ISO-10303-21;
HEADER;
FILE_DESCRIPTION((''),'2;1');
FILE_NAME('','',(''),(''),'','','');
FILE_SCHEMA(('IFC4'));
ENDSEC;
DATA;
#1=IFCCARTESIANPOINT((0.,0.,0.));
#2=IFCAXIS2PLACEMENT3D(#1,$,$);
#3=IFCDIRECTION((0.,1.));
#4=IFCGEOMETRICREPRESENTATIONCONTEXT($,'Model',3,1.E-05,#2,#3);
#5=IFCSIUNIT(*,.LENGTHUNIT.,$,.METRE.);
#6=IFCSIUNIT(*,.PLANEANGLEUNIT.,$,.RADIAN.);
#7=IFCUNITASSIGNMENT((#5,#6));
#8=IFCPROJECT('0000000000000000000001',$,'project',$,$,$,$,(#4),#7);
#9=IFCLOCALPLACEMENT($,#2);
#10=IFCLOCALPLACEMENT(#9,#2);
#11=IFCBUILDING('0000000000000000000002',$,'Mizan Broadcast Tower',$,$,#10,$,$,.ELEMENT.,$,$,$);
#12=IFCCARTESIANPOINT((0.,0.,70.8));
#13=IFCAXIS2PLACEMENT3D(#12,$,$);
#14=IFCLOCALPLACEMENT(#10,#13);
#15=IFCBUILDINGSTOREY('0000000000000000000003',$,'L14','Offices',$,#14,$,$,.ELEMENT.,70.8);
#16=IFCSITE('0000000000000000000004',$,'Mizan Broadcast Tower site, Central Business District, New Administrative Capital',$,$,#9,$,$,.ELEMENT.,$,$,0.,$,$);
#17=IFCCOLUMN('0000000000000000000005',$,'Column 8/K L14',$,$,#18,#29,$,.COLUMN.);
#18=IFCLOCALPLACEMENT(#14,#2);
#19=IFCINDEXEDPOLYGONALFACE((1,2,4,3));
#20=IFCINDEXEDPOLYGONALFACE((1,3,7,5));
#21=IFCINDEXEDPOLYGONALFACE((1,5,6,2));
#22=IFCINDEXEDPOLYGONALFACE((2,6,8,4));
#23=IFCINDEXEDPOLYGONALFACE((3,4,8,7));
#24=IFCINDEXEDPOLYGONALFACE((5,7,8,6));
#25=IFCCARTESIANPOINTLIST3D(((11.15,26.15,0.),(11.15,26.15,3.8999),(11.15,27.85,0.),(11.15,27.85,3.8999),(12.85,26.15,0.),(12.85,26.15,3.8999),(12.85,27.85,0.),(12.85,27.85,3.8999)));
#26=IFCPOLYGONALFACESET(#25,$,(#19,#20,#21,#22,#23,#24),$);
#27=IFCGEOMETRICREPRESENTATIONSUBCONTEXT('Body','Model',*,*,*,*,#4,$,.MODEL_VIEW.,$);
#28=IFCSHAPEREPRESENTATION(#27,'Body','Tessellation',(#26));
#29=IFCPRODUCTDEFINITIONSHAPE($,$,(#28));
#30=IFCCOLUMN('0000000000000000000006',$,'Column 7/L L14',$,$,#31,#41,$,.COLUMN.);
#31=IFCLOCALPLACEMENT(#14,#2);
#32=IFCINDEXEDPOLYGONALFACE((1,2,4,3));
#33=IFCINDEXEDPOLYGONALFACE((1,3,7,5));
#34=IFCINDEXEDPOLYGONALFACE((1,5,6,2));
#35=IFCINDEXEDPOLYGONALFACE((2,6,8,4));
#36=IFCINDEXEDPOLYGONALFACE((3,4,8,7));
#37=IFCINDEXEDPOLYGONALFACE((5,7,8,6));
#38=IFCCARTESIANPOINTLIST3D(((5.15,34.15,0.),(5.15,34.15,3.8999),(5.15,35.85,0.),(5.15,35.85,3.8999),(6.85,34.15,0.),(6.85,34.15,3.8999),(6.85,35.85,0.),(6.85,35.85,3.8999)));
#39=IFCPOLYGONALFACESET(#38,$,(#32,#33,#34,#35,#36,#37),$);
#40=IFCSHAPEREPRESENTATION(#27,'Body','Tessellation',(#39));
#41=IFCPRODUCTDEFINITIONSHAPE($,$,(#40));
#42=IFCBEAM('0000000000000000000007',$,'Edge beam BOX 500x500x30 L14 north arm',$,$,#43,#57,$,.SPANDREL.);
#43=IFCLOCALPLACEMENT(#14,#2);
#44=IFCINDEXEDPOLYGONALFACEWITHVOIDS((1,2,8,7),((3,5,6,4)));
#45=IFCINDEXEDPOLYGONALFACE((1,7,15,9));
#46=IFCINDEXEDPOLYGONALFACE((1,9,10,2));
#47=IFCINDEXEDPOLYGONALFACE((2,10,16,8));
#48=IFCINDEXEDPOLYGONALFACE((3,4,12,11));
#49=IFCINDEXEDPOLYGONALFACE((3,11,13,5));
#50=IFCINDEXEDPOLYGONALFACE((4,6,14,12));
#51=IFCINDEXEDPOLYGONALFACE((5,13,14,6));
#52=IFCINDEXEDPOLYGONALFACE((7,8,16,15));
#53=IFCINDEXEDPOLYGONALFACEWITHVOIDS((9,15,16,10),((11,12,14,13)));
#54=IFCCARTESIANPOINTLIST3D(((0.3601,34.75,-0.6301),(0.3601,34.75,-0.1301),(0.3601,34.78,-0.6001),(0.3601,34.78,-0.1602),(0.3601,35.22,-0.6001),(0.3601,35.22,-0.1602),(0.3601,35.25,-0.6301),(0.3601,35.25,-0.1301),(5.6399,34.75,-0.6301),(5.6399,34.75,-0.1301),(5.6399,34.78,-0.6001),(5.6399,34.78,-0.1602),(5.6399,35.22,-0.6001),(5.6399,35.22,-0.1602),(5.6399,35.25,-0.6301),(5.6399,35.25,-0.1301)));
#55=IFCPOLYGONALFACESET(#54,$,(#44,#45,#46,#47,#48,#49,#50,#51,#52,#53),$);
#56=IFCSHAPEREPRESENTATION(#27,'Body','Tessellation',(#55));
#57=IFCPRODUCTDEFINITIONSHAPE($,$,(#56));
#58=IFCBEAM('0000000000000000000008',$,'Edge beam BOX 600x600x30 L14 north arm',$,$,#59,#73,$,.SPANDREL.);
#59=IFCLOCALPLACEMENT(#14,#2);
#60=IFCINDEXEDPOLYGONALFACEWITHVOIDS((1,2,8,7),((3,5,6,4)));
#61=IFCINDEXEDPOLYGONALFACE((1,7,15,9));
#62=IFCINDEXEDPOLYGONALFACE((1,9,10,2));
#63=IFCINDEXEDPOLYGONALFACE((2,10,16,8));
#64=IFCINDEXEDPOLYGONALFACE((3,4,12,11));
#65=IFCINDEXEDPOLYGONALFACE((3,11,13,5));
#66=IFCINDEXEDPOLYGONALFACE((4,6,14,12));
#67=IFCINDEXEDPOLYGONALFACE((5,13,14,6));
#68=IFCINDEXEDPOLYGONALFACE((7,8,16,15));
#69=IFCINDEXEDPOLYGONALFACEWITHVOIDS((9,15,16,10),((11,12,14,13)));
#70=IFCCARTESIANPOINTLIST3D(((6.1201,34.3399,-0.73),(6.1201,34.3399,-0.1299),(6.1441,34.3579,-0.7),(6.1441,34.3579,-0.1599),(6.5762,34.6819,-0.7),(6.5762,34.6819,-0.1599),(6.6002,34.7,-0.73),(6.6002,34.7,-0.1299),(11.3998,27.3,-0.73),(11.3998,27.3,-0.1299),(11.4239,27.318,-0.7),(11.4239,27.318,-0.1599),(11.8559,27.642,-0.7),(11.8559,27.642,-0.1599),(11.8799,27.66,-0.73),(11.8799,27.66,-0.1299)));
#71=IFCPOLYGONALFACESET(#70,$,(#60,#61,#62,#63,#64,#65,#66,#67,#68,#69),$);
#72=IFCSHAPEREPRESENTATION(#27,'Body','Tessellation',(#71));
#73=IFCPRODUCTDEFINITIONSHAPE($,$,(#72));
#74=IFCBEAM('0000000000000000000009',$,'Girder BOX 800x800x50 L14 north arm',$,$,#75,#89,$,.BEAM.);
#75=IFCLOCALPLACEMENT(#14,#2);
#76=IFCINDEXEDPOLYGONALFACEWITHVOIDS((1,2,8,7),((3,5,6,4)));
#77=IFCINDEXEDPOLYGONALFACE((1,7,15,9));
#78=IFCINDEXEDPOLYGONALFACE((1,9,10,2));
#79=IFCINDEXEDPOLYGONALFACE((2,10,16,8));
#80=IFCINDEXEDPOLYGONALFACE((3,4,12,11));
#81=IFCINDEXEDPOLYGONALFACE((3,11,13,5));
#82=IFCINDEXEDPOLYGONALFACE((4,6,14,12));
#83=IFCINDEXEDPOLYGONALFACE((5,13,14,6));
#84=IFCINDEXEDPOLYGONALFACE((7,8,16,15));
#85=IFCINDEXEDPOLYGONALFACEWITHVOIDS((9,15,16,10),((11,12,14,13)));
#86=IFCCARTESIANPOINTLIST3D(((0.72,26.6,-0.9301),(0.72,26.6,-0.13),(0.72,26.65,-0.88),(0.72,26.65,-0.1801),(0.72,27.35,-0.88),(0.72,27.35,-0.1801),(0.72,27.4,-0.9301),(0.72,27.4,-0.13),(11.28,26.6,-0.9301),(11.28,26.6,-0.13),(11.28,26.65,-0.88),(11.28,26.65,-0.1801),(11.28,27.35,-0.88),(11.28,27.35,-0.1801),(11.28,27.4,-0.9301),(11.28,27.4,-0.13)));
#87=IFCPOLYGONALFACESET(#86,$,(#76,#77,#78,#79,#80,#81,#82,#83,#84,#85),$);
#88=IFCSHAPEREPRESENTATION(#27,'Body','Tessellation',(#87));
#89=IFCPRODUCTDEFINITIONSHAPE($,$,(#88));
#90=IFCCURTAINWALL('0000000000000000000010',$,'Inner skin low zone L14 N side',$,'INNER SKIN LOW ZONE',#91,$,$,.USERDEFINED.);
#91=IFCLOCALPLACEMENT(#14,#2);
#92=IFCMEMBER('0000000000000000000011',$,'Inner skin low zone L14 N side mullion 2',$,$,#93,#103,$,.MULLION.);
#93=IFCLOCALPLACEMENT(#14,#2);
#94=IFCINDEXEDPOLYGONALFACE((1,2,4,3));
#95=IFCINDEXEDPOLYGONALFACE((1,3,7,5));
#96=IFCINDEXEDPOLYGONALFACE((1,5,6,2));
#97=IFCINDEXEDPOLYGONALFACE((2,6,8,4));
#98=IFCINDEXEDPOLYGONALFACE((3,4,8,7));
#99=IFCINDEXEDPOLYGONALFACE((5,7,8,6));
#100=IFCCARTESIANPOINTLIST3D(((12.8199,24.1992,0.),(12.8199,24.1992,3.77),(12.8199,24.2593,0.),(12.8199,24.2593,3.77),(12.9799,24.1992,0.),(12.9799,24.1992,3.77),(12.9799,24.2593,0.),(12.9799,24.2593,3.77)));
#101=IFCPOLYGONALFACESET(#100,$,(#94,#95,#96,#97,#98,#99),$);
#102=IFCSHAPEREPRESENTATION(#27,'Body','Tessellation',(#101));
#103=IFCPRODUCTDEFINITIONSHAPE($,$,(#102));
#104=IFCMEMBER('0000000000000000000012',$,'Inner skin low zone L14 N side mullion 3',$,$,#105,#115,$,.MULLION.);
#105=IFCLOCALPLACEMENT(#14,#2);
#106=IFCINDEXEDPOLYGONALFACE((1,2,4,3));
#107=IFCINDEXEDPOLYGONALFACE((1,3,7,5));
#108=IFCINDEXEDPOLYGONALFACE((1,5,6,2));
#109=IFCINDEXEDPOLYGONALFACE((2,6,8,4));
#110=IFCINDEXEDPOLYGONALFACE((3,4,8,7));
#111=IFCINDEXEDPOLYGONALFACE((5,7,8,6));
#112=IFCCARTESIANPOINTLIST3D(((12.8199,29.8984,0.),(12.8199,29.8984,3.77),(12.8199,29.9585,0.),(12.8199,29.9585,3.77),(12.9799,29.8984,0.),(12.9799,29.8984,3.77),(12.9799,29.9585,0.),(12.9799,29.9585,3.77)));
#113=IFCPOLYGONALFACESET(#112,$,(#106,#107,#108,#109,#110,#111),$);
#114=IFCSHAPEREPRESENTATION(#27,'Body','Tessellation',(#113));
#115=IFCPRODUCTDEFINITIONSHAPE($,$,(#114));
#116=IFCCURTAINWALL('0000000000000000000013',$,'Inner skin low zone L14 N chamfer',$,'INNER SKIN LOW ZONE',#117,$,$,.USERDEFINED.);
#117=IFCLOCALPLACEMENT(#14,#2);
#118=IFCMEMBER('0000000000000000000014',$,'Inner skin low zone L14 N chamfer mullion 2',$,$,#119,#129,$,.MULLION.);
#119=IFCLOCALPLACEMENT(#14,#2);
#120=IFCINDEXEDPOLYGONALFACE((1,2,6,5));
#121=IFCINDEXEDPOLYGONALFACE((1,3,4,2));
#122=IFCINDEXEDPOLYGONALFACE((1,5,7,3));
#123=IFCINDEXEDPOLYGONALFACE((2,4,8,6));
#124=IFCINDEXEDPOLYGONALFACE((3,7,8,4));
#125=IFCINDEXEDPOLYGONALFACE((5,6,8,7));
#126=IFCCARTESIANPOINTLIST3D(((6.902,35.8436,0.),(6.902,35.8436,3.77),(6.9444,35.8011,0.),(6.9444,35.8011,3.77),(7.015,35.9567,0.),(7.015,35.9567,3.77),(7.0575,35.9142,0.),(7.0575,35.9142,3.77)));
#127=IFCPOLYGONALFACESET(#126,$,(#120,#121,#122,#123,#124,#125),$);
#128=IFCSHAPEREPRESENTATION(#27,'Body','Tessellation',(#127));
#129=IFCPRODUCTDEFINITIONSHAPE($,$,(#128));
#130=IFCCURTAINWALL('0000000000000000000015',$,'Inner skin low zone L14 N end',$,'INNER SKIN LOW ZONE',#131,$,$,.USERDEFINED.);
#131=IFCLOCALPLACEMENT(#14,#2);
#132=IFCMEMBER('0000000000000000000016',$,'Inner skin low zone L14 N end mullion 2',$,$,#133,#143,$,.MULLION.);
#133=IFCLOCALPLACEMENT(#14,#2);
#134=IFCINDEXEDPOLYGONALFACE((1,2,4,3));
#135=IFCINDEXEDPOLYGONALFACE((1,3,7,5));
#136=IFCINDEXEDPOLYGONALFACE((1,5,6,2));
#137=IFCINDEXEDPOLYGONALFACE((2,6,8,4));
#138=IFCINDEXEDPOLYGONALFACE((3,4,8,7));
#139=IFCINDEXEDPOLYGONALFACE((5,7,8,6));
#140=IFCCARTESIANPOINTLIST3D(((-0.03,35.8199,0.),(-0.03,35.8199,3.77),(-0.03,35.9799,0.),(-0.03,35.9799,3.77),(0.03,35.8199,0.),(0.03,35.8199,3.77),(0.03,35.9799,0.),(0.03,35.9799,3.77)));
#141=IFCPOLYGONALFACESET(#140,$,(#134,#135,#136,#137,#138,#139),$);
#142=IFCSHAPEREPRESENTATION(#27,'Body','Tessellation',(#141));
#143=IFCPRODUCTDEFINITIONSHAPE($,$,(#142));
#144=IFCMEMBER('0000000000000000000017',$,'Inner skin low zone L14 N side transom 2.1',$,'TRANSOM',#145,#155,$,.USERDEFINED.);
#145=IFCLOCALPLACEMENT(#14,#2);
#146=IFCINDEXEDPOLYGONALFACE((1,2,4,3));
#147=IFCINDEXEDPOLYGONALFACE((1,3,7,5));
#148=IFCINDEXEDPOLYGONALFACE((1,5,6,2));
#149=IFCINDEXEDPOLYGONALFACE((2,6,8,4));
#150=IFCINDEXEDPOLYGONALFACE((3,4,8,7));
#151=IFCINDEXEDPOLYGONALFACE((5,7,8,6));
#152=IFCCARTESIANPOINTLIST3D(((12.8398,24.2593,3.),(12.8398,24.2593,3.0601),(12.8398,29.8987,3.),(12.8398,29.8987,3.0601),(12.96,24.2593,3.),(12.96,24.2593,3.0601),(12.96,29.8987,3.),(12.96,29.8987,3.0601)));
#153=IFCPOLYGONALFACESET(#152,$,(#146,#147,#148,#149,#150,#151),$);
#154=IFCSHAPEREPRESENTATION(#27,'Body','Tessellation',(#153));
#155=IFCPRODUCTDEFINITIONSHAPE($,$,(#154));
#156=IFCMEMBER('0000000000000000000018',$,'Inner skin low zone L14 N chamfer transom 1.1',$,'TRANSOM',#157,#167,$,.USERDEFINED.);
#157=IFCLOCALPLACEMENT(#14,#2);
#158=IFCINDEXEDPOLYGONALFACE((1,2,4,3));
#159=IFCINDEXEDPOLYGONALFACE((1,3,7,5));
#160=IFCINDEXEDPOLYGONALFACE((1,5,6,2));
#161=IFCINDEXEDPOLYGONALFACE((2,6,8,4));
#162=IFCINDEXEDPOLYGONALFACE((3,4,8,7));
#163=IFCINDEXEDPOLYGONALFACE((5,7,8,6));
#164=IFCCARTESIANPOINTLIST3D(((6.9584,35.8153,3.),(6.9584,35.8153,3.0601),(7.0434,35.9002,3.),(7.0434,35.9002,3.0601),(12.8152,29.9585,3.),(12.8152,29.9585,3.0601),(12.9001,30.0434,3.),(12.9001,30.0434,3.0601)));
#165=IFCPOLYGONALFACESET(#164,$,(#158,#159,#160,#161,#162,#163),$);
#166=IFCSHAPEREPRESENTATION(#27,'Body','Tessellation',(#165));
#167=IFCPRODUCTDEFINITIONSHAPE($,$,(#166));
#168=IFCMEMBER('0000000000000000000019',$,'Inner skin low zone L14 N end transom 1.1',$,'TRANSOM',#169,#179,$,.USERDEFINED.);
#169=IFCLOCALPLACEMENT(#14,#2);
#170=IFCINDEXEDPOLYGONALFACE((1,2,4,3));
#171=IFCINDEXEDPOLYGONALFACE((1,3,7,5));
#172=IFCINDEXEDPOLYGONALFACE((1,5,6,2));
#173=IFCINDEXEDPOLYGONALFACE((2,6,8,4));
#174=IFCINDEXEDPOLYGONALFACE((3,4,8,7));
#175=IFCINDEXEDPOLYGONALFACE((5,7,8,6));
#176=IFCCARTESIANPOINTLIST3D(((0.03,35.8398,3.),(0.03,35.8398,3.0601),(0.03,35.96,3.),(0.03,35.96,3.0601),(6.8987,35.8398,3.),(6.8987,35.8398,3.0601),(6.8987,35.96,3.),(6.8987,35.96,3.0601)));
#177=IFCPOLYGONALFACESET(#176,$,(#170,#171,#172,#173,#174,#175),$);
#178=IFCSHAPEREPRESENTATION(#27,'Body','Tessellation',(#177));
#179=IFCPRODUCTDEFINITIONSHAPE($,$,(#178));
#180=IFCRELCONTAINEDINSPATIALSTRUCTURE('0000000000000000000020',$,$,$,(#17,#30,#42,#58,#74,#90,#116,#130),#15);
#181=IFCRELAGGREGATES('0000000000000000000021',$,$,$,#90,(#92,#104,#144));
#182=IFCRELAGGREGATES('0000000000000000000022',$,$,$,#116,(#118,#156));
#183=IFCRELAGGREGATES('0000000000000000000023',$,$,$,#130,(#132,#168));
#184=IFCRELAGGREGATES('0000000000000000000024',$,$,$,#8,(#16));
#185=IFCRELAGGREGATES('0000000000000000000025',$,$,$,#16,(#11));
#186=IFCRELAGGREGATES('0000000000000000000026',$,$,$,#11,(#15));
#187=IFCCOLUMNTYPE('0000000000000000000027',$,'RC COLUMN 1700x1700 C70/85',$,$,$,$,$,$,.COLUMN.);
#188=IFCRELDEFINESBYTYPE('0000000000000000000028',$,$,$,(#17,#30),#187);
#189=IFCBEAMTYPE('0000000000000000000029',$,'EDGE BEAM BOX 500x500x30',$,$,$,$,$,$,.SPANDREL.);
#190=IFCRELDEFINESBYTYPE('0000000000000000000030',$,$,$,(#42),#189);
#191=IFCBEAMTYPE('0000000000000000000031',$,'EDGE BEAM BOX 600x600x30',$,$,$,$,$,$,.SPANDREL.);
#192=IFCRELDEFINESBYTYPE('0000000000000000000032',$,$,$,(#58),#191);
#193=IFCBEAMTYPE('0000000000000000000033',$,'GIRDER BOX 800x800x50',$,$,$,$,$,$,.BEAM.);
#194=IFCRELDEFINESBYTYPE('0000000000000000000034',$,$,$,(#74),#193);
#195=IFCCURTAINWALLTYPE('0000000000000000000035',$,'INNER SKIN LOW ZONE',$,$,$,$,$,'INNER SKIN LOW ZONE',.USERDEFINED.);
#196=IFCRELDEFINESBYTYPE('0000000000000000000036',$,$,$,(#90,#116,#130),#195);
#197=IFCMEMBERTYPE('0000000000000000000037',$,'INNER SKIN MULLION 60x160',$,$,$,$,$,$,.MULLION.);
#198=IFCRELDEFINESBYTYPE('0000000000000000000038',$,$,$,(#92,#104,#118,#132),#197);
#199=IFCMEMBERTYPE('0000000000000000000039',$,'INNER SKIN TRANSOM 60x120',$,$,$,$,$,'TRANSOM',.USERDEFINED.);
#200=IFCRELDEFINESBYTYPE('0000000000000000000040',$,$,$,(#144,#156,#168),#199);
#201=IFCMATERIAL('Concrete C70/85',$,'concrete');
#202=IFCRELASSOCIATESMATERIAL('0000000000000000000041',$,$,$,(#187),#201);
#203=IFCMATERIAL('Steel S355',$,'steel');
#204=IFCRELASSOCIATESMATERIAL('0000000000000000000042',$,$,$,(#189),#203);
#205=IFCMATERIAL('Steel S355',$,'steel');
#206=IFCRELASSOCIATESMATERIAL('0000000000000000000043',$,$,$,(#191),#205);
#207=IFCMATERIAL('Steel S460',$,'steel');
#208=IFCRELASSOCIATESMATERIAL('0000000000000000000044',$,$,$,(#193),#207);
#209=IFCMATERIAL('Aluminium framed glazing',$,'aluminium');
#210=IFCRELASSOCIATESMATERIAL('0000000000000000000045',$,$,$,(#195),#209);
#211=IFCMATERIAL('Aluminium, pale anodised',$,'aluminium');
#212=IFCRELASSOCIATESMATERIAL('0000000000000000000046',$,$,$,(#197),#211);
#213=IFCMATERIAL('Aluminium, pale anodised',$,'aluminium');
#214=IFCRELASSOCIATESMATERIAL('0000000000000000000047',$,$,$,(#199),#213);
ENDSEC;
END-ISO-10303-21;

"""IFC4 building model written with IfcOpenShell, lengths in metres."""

from ifc_helpers import new_model, si_unit, direction, frame, origin, origin_2d, place, context, subcontext, project, spatial, rectangle, hollow_rectangle, extrude, material, material_profile, profile_set, type_object, element, aggregate, save


model = new_model("IFC4")

# Units and contexts
model_context = context("Model", 3, precision=1e-05, world=origin(), true_north=direction((0.0, 1.0)))
body_context = subcontext(model_context, "Body", "Model", "MODEL_VIEW")
ifc_project = project(units=[si_unit("LENGTHUNIT", "METRE"), si_unit("PLANEANGLEUNIT", "RADIAN")], contexts=[model_context])

# Site, building, storey
site_placement = place(None, origin())
site = spatial("IfcSite", under=ifc_project, at=site_placement, Name="Mizan Broadcast Tower site, Central Business District, New Administrative Capital", CompositionType="ELEMENT", RefElevation=0.0)
building_placement = place(site_placement, origin())
building = spatial("IfcBuilding", under=site, at=building_placement, Name="Mizan Broadcast Tower", CompositionType="ELEMENT")
storey_placement = place(building_placement, frame((0.0, 0.0, 70.8)))
storey = spatial("IfcBuildingStorey", under=building, at=storey_placement, Name="L14", Description="Offices", CompositionType="ELEMENT", Elevation=70.8)

# Columns
ifc_material_1 = material(Name="Concrete C70/85", Category="concrete")
ifc_material_profile_1 = material_profile(ifc_material_1, rectangle(XDim=1.7, YDim=1.7, at=origin_2d()), Name="RC 1700x1700")
ifc_profile_set_1 = profile_set([ifc_material_profile_1], Name="Concrete C70/85")
column_type = type_object("IfcColumnType", Name="RC COLUMN 1700x1700 C70/85", PredefinedType="COLUMN", material=ifc_profile_set_1)
for number, where, z_axis, x_axis, name in (
    (1, (12.0, 27.0, 0.0), (0.0, 0.0, 1.0), (1.0, 0.0, 0.0), "Column 8/K L14"),
    (2, (6.0, 35.0, 0.0), (0.0, 0.0, 1.0), (1.0, 0.0, 0.0), "Column 7/L L14"),
):
    element("IfcColumn", number, at=place(storey_placement, frame(where, z_axis=z_axis, x_axis=x_axis)), inside=storey, type_object=column_type, Name=name, PredefinedType="COLUMN", context=body_context, shape_type="SweptSolid", body=[
        extrude(rectangle(XDim=1.7, YDim=1.7, at=origin_2d()), origin(), (0.0, 0.0, 1.0), 3.8999),
    ])

# Beams
ifc_material_2 = material(Name="Steel S355", Category="steel")
ifc_material_profile_2 = material_profile(ifc_material_2, hollow_rectangle(XDim=0.5, YDim=0.5, WallThickness=0.03, at=origin_2d()), Name="BOX 500x500x30")
ifc_profile_set_2 = profile_set([ifc_material_profile_2], Name="Steel S355")
beam_type_1 = type_object("IfcBeamType", Name="EDGE BEAM BOX 500x500x30", PredefinedType="SPANDREL", material=ifc_profile_set_2)
beam_1_placement = place(storey_placement, frame((5.6399, 35.0, -0.3801), z_axis=(-1.0, 0.0, 0.0), x_axis=(0.0, -1.0, 0.0)))
element("IfcBeam", 3, at=beam_1_placement, inside=storey, type_object=beam_type_1, Name="Edge beam BOX 500x500x30 L14 north arm", PredefinedType="SPANDREL", context=body_context, shape_type="SweptSolid", body=[
    extrude(hollow_rectangle(XDim=0.5, YDim=0.5, WallThickness=0.03, at=origin_2d()), origin(), (0.0, 0.0, 1.0), 5.2798),
])
ifc_material_3 = material(Name="Steel S355", Category="steel")
ifc_material_profile_3 = material_profile(ifc_material_3, hollow_rectangle(XDim=0.6001, YDim=0.6001, WallThickness=0.03, at=origin_2d()), Name="BOX 600x600x30")
ifc_profile_set_3 = profile_set([ifc_material_profile_3], Name="Steel S355")
beam_type_2 = type_object("IfcBeamType", Name="EDGE BEAM BOX 600x600x30", PredefinedType="SPANDREL", material=ifc_profile_set_3)
beam_2_placement = place(storey_placement, frame((11.6399, 27.48, -0.4299), z_axis=(-0.599982, 0.800013, 0.0), x_axis=(-0.800013, -0.599982, 0.0)))
element("IfcBeam", 4, at=beam_2_placement, inside=storey, type_object=beam_type_2, Name="Edge beam BOX 600x600x30 L14 north arm", PredefinedType="SPANDREL", context=body_context, shape_type="SweptSolid", body=[
    extrude(hollow_rectangle(XDim=0.6001, YDim=0.6001, WallThickness=0.03, at=origin_2d()), origin(), (0.0, 0.0, 1.0), 8.7998),
])
ifc_material_4 = material(Name="Steel S460", Category="steel")
ifc_material_profile_4 = material_profile(ifc_material_4, hollow_rectangle(XDim=0.8, YDim=0.8, WallThickness=0.05, at=origin_2d()), Name="BOX 800x800x50")
ifc_profile_set_4 = profile_set([ifc_material_profile_4], Name="Steel S460")
beam_type_3 = type_object("IfcBeamType", Name="GIRDER BOX 800x800x50", PredefinedType="BEAM", material=ifc_profile_set_4)
beam_3_placement = place(storey_placement, frame((11.28, 27.0, -0.53), z_axis=(-1.0, 0.0, 0.0), x_axis=(0.0, -1.0, 0.0)))
element("IfcBeam", 5, at=beam_3_placement, inside=storey, type_object=beam_type_3, Name="Girder BOX 800x800x50 L14 north arm", PredefinedType="BEAM", context=body_context, shape_type="SweptSolid", body=[
    extrude(hollow_rectangle(XDim=0.8, YDim=0.8, WallThickness=0.05, at=origin_2d()), origin(), (0.0, 0.0, 1.0), 10.5601),
])

# Curtain wall, members
ifc_material_5 = material(Name="Aluminium framed glazing", Category="aluminium")
curtain_wall_type_1 = type_object("IfcCurtainWallType", Name="INNER SKIN LOW ZONE", ElementType="INNER SKIN LOW ZONE", PredefinedType="USERDEFINED", material=ifc_material_5)
curtain_wall_1_placement = place(storey_placement, origin())
curtain_wall_1 = element("IfcCurtainWall", 6, at=curtain_wall_1_placement, inside=storey, type_object=curtain_wall_type_1, Name="Inner skin low zone L14 N side", ObjectType="INNER SKIN LOW ZONE", PredefinedType="USERDEFINED")
ifc_material_6 = material(Name="Aluminium, pale anodised", Category="aluminium")
ifc_material_profile_5 = material_profile(ifc_material_6, rectangle(XDim=0.1599, YDim=0.0601, at=origin_2d()), Name="MULLION 160x60")
ifc_profile_set_5 = profile_set([ifc_material_profile_5], Name="Aluminium, pale anodised")
member_type_1 = type_object("IfcMemberType", Name="INNER SKIN MULLION 60x160", PredefinedType="MULLION", material=ifc_profile_set_5)
member_1_placement = place(storey_placement, frame((12.8999, 24.2292, 0.0), z_axis=(0.0, 0.0, 1.0), x_axis=(-1.0, 0.0, 0.0)))
member_1 = element("IfcMember", 7, at=member_1_placement, type_object=member_type_1, Name="Inner skin low zone L14 N side mullion 2", PredefinedType="MULLION", context=body_context, shape_type="SweptSolid", body=[
    extrude(rectangle(XDim=0.1599, YDim=0.0601, at=origin_2d()), origin(), (0.0, 0.0, 1.0), 3.77),
])
member_2_placement = place(storey_placement, frame((12.8999, 29.9285, 0.0), z_axis=(0.0, 0.0, 1.0), x_axis=(-1.0, 0.0, 0.0)))
member_2 = element("IfcMember", 8, at=member_2_placement, type_object=member_type_1, Name="Inner skin low zone L14 N side mullion 3", PredefinedType="MULLION", context=body_context, shape_type="SweptSolid", body=[
    extrude(rectangle(XDim=0.1599, YDim=0.0601, at=origin_2d()), origin(), (0.0, 0.0, 1.0), 3.77),
])

# Curtain walls, members
curtain_wall_2_placement = place(storey_placement, origin())
curtain_wall_2 = element("IfcCurtainWall", 9, at=curtain_wall_2_placement, inside=storey, type_object=curtain_wall_type_1, Name="Inner skin low zone L14 N chamfer", ObjectType="INNER SKIN LOW ZONE", PredefinedType="USERDEFINED")
member_3_placement = place(storey_placement, frame((6.9797, 35.8789, 0.0), z_axis=(0.0, 0.0, 1.0), x_axis=(-0.707107, -0.707107, 0.0)))
member_3 = element("IfcMember", 10, at=member_3_placement, type_object=member_type_1, Name="Inner skin low zone L14 N chamfer mullion 2", PredefinedType="MULLION", context=body_context, shape_type="SweptSolid", body=[
    extrude(rectangle(XDim=0.1599, YDim=0.0601, at=origin_2d()), origin(), (0.0, 0.0, 1.0), 3.77),
])
curtain_wall_3_placement = place(storey_placement, origin())
curtain_wall_3 = element("IfcCurtainWall", 11, at=curtain_wall_3_placement, inside=storey, type_object=curtain_wall_type_1, Name="Inner skin low zone L14 N end", ObjectType="INNER SKIN LOW ZONE", PredefinedType="USERDEFINED")
member_4_placement = place(storey_placement, frame((0.0, 35.8999, 0.0), z_axis=(0.0, 0.0, 1.0), x_axis=(0.0, -1.0, 0.0)))
member_4 = element("IfcMember", 12, at=member_4_placement, type_object=member_type_1, Name="Inner skin low zone L14 N end mullion 2", PredefinedType="MULLION", context=body_context, shape_type="SweptSolid", body=[
    extrude(rectangle(XDim=0.1599, YDim=0.0601, at=origin_2d()), origin(), (0.0, 0.0, 1.0), 3.77),
])

# Members
ifc_material_7 = material(Name="Aluminium, pale anodised", Category="aluminium")
ifc_material_profile_6 = material_profile(ifc_material_7, rectangle(XDim=0.1201, YDim=0.0601, at=origin_2d()), Name="TRANSOM 120x60")
ifc_profile_set_6 = profile_set([ifc_material_profile_6], Name="Aluminium, pale anodised")
member_type_2 = type_object("IfcMemberType", Name="INNER SKIN TRANSOM 60x120", ElementType="TRANSOM", PredefinedType="USERDEFINED", material=ifc_profile_set_6)
member_5_placement = place(storey_placement, frame((12.8999, 24.2593, 3.03), z_axis=(0.0, 1.0, 0.0), x_axis=(-1.0, 0.0, 0.0)))
member_5 = element("IfcMember", 13, at=member_5_placement, type_object=member_type_2, Name="Inner skin low zone L14 N side transom 2.1", ObjectType="TRANSOM", PredefinedType="USERDEFINED", context=body_context, shape_type="SweptSolid", body=[
    extrude(rectangle(XDim=0.1201, YDim=0.0601, at=origin_2d()), origin(), (0.0, 0.0, 1.0), 5.6394),
])
member_6_placement = place(storey_placement, frame((12.8577, 30.001, 3.03), z_axis=(-0.707107, 0.707107, 0.0), x_axis=(-0.707107, -0.707107, 0.0)))
member_6 = element("IfcMember", 14, at=member_6_placement, type_object=member_type_2, Name="Inner skin low zone L14 N chamfer transom 1.1", ObjectType="TRANSOM", PredefinedType="USERDEFINED", context=body_context, shape_type="SweptSolid", body=[
    extrude(rectangle(XDim=0.1201, YDim=0.0601, at=origin_2d()), origin(), (0.0, 0.0, 1.0), 8.2827),
])
member_7_placement = place(storey_placement, frame((6.8987, 35.8999, 3.03), z_axis=(-1.0, 0.0, 0.0), x_axis=(0.0, -1.0, 0.0)))
member_7 = element("IfcMember", 15, at=member_7_placement, type_object=member_type_2, Name="Inner skin low zone L14 N end transom 1.1", ObjectType="TRANSOM", PredefinedType="USERDEFINED", context=body_context, shape_type="SweptSolid", body=[
    extrude(rectangle(XDim=0.1201, YDim=0.0601, at=origin_2d()), origin(), (0.0, 0.0, 1.0), 6.8687),
])

aggregate(curtain_wall_1, [member_1, member_2, member_5])
aggregate(curtain_wall_2, [member_3, member_6])
aggregate(curtain_wall_3, [member_4, member_7])

save(model, "model.ifc")
